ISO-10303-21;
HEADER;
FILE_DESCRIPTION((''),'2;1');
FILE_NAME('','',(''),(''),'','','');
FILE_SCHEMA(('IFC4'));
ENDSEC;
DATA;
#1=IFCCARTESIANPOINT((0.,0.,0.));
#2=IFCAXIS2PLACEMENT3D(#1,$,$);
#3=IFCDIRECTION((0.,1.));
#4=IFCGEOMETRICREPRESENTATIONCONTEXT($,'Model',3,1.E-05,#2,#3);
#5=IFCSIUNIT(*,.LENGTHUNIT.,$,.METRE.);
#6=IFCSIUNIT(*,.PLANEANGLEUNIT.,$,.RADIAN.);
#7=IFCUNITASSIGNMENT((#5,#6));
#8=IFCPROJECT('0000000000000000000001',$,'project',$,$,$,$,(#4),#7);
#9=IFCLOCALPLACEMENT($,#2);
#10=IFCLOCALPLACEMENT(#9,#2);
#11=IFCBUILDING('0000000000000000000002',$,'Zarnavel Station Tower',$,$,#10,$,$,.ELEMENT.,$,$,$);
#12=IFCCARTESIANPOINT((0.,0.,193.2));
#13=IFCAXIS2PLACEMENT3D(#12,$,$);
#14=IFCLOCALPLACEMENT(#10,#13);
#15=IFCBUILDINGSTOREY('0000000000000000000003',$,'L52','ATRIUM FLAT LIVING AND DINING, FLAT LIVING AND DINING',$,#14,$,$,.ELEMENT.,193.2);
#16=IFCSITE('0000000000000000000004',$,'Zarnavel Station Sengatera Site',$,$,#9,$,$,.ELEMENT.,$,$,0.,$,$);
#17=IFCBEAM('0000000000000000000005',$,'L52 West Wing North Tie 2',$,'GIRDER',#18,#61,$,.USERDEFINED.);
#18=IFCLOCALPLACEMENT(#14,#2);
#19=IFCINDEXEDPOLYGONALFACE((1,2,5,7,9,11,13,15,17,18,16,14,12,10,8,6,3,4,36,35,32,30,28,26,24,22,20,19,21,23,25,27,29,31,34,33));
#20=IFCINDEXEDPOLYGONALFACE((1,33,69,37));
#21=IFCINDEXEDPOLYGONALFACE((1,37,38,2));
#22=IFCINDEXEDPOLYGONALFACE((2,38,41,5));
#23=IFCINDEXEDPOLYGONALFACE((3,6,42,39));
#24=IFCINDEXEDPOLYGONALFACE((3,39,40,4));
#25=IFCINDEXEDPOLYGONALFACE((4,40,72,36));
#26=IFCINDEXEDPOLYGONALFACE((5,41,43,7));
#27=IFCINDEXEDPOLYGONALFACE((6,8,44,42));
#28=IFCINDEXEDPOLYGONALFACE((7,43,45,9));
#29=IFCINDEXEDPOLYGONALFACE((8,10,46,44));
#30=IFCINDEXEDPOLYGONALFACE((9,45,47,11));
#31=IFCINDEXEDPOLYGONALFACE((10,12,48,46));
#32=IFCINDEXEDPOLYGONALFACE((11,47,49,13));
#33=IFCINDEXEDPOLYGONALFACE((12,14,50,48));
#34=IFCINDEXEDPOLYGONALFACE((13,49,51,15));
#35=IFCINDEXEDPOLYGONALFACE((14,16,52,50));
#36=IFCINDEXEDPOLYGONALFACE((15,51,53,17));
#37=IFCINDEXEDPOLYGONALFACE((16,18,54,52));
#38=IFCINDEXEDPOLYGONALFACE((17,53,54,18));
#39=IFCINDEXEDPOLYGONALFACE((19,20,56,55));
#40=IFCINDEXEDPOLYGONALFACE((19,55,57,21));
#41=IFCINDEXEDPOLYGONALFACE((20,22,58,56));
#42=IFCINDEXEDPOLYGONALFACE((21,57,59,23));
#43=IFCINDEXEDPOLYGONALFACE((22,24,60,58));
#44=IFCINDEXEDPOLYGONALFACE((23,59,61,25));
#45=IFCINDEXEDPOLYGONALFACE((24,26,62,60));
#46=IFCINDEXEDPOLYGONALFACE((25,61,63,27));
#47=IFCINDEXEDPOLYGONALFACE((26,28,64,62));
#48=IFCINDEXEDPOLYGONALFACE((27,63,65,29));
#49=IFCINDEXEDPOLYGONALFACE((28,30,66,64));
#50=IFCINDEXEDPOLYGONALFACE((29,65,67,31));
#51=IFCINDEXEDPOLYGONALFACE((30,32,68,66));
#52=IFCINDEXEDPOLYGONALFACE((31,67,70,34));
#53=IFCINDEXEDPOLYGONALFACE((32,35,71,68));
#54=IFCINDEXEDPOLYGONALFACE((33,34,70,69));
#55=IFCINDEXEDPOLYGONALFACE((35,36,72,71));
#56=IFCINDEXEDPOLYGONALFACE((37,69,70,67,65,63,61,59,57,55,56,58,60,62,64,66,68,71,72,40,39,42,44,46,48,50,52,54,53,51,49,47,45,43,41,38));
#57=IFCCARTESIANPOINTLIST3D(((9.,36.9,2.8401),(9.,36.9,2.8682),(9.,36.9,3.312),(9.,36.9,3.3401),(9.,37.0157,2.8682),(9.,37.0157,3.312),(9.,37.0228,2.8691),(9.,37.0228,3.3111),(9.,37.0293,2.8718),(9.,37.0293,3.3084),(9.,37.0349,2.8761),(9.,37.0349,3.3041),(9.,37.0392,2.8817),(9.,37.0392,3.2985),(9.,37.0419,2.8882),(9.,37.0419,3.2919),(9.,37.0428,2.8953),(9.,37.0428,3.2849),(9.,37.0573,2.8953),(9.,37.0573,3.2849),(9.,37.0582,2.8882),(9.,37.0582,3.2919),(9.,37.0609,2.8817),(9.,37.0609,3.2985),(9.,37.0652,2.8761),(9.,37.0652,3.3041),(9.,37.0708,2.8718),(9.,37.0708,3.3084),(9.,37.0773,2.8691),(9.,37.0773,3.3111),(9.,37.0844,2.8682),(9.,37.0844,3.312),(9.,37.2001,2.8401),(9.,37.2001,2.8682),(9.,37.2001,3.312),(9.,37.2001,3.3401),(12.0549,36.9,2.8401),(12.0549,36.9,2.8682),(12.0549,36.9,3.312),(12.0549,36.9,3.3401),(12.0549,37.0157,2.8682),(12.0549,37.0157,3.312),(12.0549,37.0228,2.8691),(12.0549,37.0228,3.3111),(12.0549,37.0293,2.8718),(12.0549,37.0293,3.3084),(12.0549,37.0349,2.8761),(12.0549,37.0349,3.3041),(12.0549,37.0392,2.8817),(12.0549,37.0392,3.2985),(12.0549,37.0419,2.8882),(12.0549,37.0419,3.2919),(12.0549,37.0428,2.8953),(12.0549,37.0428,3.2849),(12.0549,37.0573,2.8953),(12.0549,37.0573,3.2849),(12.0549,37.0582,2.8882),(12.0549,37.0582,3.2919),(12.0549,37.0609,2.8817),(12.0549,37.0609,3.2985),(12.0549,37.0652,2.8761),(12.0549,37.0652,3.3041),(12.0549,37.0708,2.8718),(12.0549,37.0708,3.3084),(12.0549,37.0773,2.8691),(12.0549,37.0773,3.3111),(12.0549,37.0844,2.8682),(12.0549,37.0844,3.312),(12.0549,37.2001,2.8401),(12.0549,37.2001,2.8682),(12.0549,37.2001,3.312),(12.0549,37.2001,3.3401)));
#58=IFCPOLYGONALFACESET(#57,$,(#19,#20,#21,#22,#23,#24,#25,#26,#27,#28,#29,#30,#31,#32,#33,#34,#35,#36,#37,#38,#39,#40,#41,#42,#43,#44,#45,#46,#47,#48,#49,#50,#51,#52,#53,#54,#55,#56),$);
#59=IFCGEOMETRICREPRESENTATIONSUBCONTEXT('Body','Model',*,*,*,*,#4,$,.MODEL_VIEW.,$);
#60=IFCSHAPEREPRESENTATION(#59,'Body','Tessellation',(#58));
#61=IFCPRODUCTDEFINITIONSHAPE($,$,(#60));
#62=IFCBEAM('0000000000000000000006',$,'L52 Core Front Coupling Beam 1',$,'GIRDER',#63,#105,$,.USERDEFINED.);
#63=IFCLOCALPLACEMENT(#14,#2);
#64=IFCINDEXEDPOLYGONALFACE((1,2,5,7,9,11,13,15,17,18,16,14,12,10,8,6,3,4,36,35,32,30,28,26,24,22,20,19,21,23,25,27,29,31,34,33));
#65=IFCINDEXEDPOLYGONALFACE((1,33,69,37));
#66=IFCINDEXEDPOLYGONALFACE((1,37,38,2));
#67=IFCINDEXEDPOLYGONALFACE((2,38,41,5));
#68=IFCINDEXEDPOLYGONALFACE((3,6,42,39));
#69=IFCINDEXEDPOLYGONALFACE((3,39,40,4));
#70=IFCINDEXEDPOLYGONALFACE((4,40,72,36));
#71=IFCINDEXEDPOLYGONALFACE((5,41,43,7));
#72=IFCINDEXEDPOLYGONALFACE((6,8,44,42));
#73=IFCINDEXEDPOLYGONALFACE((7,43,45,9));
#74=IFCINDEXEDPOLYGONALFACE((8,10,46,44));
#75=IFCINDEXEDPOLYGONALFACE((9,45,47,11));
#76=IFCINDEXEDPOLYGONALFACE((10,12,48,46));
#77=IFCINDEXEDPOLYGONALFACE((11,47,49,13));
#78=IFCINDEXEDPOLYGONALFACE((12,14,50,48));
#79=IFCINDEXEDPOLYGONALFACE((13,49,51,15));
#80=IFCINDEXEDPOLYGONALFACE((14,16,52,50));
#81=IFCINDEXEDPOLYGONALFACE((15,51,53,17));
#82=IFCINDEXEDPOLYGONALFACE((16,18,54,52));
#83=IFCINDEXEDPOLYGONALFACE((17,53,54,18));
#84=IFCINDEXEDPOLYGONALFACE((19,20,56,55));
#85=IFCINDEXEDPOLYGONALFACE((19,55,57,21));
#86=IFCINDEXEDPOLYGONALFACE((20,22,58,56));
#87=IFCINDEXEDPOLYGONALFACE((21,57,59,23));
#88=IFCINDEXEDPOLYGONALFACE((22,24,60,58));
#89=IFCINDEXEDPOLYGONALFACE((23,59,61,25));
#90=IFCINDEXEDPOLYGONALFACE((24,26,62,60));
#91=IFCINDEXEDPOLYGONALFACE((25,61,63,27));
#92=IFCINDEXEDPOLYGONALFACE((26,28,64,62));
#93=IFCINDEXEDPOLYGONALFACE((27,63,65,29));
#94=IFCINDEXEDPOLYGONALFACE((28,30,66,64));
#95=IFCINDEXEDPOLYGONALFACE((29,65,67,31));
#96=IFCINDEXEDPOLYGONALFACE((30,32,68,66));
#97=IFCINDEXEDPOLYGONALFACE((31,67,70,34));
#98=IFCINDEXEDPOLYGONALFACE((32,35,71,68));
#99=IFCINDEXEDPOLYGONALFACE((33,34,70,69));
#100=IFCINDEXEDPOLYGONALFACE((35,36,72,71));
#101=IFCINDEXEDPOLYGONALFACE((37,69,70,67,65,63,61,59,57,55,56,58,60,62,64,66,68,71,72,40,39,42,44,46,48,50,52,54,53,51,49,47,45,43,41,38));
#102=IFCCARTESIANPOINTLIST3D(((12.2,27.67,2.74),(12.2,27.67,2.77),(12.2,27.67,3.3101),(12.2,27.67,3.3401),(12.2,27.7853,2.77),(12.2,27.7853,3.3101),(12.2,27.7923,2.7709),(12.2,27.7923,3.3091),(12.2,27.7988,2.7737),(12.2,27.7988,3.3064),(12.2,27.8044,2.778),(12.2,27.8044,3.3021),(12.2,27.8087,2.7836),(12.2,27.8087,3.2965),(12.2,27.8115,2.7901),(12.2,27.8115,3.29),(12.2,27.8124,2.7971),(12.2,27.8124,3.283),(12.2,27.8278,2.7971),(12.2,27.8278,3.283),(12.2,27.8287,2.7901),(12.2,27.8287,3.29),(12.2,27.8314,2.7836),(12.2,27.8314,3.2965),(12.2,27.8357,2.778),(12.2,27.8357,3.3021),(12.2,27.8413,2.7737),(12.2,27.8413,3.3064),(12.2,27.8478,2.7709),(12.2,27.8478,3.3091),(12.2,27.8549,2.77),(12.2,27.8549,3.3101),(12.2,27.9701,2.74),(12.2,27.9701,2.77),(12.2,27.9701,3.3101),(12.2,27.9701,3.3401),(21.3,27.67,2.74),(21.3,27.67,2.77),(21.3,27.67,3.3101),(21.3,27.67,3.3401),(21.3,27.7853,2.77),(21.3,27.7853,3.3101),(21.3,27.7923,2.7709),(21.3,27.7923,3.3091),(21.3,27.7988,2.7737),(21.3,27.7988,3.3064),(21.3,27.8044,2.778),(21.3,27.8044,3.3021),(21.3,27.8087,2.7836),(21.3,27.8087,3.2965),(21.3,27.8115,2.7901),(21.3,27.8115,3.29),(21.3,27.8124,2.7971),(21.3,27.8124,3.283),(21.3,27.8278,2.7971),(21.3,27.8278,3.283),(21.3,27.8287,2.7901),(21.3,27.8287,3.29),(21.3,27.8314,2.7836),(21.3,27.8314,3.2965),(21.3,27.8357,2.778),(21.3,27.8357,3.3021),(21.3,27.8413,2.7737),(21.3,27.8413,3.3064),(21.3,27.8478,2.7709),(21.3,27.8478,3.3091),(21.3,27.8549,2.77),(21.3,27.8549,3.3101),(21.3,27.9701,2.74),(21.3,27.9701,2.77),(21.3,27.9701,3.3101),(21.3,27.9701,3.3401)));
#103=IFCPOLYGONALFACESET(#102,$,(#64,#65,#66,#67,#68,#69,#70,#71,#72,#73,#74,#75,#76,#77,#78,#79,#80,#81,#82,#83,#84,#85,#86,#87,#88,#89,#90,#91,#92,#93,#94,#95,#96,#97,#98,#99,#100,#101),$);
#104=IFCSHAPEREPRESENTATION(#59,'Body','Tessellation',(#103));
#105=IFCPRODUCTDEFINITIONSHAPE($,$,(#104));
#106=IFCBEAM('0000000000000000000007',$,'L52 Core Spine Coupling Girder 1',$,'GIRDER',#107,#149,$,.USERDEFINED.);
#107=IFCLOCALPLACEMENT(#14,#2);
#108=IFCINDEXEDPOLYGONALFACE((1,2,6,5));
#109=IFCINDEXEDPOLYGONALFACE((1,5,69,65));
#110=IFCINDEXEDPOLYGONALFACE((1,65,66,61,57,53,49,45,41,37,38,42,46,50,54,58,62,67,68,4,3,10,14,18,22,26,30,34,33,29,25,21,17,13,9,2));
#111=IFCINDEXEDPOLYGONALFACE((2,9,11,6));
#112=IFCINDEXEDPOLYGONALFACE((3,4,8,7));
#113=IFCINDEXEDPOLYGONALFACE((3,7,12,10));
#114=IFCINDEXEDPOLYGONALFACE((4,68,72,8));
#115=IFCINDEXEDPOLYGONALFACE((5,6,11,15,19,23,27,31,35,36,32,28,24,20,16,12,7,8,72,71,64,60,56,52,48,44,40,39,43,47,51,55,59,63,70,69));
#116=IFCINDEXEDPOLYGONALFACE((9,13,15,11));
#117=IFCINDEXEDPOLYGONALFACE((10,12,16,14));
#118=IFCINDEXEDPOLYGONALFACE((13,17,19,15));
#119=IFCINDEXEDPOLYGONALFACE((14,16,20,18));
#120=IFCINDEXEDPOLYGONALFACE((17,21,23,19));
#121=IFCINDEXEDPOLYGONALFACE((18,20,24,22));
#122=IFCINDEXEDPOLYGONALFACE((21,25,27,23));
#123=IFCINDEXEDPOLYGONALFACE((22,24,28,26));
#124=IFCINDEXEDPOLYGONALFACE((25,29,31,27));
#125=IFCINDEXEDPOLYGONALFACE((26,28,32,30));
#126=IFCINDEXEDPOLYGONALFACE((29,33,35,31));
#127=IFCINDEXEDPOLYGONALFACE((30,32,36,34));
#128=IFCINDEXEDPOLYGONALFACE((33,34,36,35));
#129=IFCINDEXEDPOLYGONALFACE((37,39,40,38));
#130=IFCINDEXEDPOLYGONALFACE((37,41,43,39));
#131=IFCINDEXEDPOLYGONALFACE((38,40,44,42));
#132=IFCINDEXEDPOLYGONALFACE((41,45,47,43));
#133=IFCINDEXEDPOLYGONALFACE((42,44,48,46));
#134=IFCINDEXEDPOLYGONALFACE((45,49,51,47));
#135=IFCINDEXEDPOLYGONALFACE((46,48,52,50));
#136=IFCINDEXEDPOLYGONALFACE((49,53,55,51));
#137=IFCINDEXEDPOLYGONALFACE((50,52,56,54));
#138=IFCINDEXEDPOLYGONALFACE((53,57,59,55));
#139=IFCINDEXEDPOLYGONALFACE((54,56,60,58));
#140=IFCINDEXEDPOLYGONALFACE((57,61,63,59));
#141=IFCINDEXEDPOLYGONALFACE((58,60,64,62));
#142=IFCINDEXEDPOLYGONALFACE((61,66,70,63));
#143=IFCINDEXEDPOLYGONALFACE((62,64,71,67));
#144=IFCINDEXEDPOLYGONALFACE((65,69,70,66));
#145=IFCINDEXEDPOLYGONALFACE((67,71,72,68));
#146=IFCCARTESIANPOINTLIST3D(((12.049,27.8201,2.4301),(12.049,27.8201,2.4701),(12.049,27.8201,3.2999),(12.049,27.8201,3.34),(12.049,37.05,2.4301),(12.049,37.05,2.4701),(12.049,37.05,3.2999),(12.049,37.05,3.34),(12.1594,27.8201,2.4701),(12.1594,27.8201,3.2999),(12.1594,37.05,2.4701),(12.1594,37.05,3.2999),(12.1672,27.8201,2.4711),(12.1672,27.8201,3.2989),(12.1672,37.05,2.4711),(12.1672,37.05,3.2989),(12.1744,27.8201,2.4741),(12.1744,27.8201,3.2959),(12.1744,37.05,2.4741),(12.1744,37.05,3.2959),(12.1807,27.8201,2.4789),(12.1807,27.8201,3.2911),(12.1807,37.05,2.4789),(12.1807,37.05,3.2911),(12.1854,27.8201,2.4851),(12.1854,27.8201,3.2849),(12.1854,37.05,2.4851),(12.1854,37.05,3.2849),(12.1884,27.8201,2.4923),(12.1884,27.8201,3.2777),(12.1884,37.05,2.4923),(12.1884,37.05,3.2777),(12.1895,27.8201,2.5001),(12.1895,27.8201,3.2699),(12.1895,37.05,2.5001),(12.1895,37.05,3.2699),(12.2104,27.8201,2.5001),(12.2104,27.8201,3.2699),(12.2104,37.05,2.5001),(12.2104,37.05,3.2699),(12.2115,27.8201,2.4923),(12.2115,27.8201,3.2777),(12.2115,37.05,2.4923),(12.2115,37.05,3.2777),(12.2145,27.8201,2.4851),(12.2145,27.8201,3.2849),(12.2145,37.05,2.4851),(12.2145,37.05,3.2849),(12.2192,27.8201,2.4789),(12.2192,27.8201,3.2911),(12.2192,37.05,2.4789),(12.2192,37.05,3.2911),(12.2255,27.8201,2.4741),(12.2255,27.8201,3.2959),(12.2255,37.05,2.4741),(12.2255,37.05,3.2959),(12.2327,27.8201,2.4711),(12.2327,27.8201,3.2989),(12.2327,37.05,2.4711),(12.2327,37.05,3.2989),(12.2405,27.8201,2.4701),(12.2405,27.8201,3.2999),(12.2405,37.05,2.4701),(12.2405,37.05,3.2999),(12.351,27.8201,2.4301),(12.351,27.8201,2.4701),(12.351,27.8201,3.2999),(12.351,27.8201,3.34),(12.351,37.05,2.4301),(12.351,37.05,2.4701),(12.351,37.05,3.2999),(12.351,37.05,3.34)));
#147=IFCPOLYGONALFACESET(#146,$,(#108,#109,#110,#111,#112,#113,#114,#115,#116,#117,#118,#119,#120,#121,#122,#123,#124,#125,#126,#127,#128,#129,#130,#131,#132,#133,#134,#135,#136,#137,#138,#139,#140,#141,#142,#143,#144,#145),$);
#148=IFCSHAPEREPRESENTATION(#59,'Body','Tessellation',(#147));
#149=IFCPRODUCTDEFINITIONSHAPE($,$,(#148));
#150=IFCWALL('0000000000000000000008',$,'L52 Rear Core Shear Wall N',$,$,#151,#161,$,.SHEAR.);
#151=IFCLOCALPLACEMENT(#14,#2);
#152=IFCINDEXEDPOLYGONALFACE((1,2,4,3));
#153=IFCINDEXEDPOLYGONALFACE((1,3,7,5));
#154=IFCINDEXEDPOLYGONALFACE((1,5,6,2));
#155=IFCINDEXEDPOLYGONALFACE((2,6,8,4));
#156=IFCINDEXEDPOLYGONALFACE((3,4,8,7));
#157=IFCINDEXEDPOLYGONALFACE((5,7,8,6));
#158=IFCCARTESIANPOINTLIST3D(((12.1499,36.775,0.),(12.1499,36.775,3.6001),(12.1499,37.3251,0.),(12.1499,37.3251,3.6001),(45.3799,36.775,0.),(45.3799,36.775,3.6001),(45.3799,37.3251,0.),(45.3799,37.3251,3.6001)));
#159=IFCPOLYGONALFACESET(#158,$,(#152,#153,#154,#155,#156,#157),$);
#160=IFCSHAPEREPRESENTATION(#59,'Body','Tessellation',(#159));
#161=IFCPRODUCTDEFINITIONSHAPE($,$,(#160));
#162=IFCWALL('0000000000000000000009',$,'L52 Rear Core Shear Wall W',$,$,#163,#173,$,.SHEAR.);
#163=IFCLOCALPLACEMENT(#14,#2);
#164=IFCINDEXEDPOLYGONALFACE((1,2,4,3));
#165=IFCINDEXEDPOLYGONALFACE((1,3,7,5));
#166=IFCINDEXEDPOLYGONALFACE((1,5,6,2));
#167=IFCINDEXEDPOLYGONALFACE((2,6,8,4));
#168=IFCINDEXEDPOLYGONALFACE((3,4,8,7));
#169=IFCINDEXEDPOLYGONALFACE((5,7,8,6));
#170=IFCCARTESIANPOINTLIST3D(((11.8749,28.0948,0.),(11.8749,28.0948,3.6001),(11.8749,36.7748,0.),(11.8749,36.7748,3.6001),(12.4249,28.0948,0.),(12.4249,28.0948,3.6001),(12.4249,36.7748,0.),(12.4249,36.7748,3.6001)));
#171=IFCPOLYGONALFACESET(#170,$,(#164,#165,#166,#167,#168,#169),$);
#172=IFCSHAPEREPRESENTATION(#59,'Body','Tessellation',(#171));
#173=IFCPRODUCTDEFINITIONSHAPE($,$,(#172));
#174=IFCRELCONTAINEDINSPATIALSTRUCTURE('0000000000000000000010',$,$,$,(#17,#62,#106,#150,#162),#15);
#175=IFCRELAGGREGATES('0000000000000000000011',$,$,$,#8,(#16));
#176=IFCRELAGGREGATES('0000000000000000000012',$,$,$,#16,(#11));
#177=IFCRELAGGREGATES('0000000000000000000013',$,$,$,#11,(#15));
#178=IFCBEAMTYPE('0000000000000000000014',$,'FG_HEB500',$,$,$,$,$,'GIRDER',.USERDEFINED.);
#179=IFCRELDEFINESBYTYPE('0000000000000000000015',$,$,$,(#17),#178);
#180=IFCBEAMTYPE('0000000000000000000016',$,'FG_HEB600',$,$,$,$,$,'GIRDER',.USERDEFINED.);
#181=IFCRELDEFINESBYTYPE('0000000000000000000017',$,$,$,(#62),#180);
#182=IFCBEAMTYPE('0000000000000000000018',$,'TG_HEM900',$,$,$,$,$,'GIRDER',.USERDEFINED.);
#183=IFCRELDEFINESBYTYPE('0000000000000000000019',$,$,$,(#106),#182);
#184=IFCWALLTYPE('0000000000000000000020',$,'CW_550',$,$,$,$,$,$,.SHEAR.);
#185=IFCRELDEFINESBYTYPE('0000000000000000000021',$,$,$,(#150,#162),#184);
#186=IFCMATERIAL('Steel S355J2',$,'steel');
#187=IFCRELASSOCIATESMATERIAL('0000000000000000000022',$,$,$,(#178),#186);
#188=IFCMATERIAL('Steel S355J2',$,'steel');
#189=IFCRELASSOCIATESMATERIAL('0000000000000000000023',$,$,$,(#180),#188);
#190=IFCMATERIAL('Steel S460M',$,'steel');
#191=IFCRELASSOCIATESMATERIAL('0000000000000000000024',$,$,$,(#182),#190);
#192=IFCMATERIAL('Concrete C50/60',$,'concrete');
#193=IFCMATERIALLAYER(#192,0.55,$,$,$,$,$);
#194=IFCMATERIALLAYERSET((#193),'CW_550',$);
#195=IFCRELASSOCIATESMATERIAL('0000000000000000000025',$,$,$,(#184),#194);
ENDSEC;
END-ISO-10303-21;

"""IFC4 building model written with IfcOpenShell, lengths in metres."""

from ifc_helpers import new_model, si_unit, direction, frame, frame_2d, origin, origin_2d, place, context, subcontext, project, spatial, rectangle, i_section, extrude, material, layer, layer_set, material_profile, profile_set, type_object, element, save


model = new_model("IFC4")

# Units and contexts
model_context = context("Model", 3, precision=1e-05, world=origin(), true_north=direction((0.0, 1.0)))
body_context = subcontext(model_context, "Body", "Model", "MODEL_VIEW")
ifc_project = project(units=[si_unit("LENGTHUNIT", "METRE"), si_unit("PLANEANGLEUNIT", "RADIAN")], contexts=[model_context])

# Site, building, storey
site_placement = place(None, origin())
site = spatial("IfcSite", under=ifc_project, at=site_placement, Name="Zarnavel Station Sengatera Site", CompositionType="ELEMENT", RefElevation=0.0)
building_placement = place(site_placement, origin())
building = spatial("IfcBuilding", under=site, at=building_placement, Name="Zarnavel Station Tower", CompositionType="ELEMENT")
storey_placement = place(building_placement, frame((0.0, 0.0, 193.2)))
storey = spatial("IfcBuildingStorey", under=building, at=storey_placement, Name="L52", Description="ATRIUM FLAT LIVING AND DINING, FLAT LIVING AND DINING", CompositionType="ELEMENT", Elevation=193.2)

# Beams
ifc_material_1 = material(Name="Steel S355J2", Category="steel")
ifc_material_profile_1 = material_profile(ifc_material_1, i_section(OverallWidth=0.3, OverallDepth=0.5, WebThickness=0.0144, FlangeThickness=0.0281, FilletRadius=0.0271, at=origin_2d()), Name="HEB500")
ifc_profile_set_1 = profile_set([ifc_material_profile_1], Name="Steel S355J2")
beam_type_1 = type_object("IfcBeamType", Name="FG_HEB500", ElementType="GIRDER", PredefinedType="USERDEFINED", material=ifc_profile_set_1)
beam_1_placement = place(storey_placement, frame((9.0, 37.05, 3.0901), z_axis=(1.0, 0.0, 0.0), x_axis=(0.0, 1.0, 0.0)))
element("IfcBeam", 1, at=beam_1_placement, inside=storey, type_object=beam_type_1, Name="L52 West Wing North Tie 2", ObjectType="GIRDER", PredefinedType="USERDEFINED", context=body_context, shape_type="SweptSolid", body=[
    extrude(i_section(OverallWidth=0.3, OverallDepth=0.5, WebThickness=0.0144, FlangeThickness=0.0281, FilletRadius=0.0271, at=origin_2d()), origin(), (0.0, 0.0, 1.0), 3.0549),
])
ifc_material_2 = material(Name="Steel S355J2", Category="steel")
ifc_material_profile_2 = material_profile(ifc_material_2, i_section(OverallWidth=0.3, OverallDepth=0.6001, WebThickness=0.0154, FlangeThickness=0.03, FilletRadius=0.0271, at=origin_2d()), Name="HEB600")
ifc_profile_set_2 = profile_set([ifc_material_profile_2], Name="Steel S355J2")
beam_type_2 = type_object("IfcBeamType", Name="FG_HEB600", ElementType="GIRDER", PredefinedType="USERDEFINED", material=ifc_profile_set_2)
beam_2_placement = place(storey_placement, frame((12.2, 27.8201, 3.04), z_axis=(1.0, 0.0, 0.0), x_axis=(0.0, 1.0, 0.0)))
element("IfcBeam", 2, at=beam_2_placement, inside=storey, type_object=beam_type_2, Name="L52 Core Front Coupling Beam 1", ObjectType="GIRDER", PredefinedType="USERDEFINED", context=body_context, shape_type="SweptSolid", body=[
    extrude(i_section(OverallWidth=0.3, OverallDepth=0.6001, WebThickness=0.0154, FlangeThickness=0.03, FilletRadius=0.0271, at=origin_2d()), origin(), (0.0, 0.0, 1.0), 9.1001),
])
ifc_material_3 = material(Name="Steel S460M", Category="steel")
ifc_material_profile_3 = material_profile(ifc_material_3, i_section(OverallWidth=0.302, OverallDepth=0.9099, WebThickness=0.021, FlangeThickness=0.04, FilletRadius=0.03, at=origin_2d()), Name="HEM900")
ifc_profile_set_3 = profile_set([ifc_material_profile_3], Name="Steel S460M")
beam_type_3 = type_object("IfcBeamType", Name="TG_HEM900", ElementType="GIRDER", PredefinedType="USERDEFINED", material=ifc_profile_set_3)
beam_3_placement = place(storey_placement, frame((12.2, 27.8201, 2.885), z_axis=(0.0, 1.0, 0.0), x_axis=(-1.0, 0.0, 0.0)))
element("IfcBeam", 3, at=beam_3_placement, inside=storey, type_object=beam_type_3, Name="L52 Core Spine Coupling Girder 1", ObjectType="GIRDER", PredefinedType="USERDEFINED", context=body_context, shape_type="SweptSolid", body=[
    extrude(i_section(OverallWidth=0.302, OverallDepth=0.9099, WebThickness=0.021, FlangeThickness=0.04, FilletRadius=0.03, at=origin_2d()), origin(), (0.0, 0.0, 1.0), 9.23),
])

# Walls
ifc_material_4 = material(Name="Concrete C50/60", Category="concrete")
ifc_layer_1 = layer(ifc_material_4, 0.55)
ifc_layer_set_1 = layer_set([ifc_layer_1], Name="CW_550")
wall_type_1 = type_object("IfcWallType", Name="CW_550", PredefinedType="SHEAR", material=ifc_layer_set_1)
wall_1_placement = place(storey_placement, frame((12.1499, 37.05, 0.0), z_axis=(0.0, 0.0, 1.0), x_axis=(1.0, 0.0, 0.0)))
element("IfcWall", 4, at=wall_1_placement, inside=storey, type_object=wall_type_1, Name="L52 Rear Core Shear Wall N", PredefinedType="SHEAR", context=body_context, shape_type="SweptSolid", body=[
    extrude(rectangle(XDim=33.23, YDim=0.55, at=frame_2d((16.615, 0.0))), origin(), (0.0, 0.0, 1.0), 3.6001),
])
wall_2_placement = place(storey_placement, frame((12.1499, 28.095, 0.0), z_axis=(0.0, 0.0, 1.0), x_axis=(0.0, 1.0, 0.0)))
element("IfcWall", 5, at=wall_2_placement, inside=storey, type_object=wall_type_1, Name="L52 Rear Core Shear Wall W", PredefinedType="SHEAR", context=body_context, shape_type="SweptSolid", body=[
    extrude(rectangle(XDim=8.6799, YDim=0.55, at=frame_2d((4.3398, 0.0))), origin(), (0.0, 0.0, 1.0), 3.6001),
])

save(model, "model.ifc")
